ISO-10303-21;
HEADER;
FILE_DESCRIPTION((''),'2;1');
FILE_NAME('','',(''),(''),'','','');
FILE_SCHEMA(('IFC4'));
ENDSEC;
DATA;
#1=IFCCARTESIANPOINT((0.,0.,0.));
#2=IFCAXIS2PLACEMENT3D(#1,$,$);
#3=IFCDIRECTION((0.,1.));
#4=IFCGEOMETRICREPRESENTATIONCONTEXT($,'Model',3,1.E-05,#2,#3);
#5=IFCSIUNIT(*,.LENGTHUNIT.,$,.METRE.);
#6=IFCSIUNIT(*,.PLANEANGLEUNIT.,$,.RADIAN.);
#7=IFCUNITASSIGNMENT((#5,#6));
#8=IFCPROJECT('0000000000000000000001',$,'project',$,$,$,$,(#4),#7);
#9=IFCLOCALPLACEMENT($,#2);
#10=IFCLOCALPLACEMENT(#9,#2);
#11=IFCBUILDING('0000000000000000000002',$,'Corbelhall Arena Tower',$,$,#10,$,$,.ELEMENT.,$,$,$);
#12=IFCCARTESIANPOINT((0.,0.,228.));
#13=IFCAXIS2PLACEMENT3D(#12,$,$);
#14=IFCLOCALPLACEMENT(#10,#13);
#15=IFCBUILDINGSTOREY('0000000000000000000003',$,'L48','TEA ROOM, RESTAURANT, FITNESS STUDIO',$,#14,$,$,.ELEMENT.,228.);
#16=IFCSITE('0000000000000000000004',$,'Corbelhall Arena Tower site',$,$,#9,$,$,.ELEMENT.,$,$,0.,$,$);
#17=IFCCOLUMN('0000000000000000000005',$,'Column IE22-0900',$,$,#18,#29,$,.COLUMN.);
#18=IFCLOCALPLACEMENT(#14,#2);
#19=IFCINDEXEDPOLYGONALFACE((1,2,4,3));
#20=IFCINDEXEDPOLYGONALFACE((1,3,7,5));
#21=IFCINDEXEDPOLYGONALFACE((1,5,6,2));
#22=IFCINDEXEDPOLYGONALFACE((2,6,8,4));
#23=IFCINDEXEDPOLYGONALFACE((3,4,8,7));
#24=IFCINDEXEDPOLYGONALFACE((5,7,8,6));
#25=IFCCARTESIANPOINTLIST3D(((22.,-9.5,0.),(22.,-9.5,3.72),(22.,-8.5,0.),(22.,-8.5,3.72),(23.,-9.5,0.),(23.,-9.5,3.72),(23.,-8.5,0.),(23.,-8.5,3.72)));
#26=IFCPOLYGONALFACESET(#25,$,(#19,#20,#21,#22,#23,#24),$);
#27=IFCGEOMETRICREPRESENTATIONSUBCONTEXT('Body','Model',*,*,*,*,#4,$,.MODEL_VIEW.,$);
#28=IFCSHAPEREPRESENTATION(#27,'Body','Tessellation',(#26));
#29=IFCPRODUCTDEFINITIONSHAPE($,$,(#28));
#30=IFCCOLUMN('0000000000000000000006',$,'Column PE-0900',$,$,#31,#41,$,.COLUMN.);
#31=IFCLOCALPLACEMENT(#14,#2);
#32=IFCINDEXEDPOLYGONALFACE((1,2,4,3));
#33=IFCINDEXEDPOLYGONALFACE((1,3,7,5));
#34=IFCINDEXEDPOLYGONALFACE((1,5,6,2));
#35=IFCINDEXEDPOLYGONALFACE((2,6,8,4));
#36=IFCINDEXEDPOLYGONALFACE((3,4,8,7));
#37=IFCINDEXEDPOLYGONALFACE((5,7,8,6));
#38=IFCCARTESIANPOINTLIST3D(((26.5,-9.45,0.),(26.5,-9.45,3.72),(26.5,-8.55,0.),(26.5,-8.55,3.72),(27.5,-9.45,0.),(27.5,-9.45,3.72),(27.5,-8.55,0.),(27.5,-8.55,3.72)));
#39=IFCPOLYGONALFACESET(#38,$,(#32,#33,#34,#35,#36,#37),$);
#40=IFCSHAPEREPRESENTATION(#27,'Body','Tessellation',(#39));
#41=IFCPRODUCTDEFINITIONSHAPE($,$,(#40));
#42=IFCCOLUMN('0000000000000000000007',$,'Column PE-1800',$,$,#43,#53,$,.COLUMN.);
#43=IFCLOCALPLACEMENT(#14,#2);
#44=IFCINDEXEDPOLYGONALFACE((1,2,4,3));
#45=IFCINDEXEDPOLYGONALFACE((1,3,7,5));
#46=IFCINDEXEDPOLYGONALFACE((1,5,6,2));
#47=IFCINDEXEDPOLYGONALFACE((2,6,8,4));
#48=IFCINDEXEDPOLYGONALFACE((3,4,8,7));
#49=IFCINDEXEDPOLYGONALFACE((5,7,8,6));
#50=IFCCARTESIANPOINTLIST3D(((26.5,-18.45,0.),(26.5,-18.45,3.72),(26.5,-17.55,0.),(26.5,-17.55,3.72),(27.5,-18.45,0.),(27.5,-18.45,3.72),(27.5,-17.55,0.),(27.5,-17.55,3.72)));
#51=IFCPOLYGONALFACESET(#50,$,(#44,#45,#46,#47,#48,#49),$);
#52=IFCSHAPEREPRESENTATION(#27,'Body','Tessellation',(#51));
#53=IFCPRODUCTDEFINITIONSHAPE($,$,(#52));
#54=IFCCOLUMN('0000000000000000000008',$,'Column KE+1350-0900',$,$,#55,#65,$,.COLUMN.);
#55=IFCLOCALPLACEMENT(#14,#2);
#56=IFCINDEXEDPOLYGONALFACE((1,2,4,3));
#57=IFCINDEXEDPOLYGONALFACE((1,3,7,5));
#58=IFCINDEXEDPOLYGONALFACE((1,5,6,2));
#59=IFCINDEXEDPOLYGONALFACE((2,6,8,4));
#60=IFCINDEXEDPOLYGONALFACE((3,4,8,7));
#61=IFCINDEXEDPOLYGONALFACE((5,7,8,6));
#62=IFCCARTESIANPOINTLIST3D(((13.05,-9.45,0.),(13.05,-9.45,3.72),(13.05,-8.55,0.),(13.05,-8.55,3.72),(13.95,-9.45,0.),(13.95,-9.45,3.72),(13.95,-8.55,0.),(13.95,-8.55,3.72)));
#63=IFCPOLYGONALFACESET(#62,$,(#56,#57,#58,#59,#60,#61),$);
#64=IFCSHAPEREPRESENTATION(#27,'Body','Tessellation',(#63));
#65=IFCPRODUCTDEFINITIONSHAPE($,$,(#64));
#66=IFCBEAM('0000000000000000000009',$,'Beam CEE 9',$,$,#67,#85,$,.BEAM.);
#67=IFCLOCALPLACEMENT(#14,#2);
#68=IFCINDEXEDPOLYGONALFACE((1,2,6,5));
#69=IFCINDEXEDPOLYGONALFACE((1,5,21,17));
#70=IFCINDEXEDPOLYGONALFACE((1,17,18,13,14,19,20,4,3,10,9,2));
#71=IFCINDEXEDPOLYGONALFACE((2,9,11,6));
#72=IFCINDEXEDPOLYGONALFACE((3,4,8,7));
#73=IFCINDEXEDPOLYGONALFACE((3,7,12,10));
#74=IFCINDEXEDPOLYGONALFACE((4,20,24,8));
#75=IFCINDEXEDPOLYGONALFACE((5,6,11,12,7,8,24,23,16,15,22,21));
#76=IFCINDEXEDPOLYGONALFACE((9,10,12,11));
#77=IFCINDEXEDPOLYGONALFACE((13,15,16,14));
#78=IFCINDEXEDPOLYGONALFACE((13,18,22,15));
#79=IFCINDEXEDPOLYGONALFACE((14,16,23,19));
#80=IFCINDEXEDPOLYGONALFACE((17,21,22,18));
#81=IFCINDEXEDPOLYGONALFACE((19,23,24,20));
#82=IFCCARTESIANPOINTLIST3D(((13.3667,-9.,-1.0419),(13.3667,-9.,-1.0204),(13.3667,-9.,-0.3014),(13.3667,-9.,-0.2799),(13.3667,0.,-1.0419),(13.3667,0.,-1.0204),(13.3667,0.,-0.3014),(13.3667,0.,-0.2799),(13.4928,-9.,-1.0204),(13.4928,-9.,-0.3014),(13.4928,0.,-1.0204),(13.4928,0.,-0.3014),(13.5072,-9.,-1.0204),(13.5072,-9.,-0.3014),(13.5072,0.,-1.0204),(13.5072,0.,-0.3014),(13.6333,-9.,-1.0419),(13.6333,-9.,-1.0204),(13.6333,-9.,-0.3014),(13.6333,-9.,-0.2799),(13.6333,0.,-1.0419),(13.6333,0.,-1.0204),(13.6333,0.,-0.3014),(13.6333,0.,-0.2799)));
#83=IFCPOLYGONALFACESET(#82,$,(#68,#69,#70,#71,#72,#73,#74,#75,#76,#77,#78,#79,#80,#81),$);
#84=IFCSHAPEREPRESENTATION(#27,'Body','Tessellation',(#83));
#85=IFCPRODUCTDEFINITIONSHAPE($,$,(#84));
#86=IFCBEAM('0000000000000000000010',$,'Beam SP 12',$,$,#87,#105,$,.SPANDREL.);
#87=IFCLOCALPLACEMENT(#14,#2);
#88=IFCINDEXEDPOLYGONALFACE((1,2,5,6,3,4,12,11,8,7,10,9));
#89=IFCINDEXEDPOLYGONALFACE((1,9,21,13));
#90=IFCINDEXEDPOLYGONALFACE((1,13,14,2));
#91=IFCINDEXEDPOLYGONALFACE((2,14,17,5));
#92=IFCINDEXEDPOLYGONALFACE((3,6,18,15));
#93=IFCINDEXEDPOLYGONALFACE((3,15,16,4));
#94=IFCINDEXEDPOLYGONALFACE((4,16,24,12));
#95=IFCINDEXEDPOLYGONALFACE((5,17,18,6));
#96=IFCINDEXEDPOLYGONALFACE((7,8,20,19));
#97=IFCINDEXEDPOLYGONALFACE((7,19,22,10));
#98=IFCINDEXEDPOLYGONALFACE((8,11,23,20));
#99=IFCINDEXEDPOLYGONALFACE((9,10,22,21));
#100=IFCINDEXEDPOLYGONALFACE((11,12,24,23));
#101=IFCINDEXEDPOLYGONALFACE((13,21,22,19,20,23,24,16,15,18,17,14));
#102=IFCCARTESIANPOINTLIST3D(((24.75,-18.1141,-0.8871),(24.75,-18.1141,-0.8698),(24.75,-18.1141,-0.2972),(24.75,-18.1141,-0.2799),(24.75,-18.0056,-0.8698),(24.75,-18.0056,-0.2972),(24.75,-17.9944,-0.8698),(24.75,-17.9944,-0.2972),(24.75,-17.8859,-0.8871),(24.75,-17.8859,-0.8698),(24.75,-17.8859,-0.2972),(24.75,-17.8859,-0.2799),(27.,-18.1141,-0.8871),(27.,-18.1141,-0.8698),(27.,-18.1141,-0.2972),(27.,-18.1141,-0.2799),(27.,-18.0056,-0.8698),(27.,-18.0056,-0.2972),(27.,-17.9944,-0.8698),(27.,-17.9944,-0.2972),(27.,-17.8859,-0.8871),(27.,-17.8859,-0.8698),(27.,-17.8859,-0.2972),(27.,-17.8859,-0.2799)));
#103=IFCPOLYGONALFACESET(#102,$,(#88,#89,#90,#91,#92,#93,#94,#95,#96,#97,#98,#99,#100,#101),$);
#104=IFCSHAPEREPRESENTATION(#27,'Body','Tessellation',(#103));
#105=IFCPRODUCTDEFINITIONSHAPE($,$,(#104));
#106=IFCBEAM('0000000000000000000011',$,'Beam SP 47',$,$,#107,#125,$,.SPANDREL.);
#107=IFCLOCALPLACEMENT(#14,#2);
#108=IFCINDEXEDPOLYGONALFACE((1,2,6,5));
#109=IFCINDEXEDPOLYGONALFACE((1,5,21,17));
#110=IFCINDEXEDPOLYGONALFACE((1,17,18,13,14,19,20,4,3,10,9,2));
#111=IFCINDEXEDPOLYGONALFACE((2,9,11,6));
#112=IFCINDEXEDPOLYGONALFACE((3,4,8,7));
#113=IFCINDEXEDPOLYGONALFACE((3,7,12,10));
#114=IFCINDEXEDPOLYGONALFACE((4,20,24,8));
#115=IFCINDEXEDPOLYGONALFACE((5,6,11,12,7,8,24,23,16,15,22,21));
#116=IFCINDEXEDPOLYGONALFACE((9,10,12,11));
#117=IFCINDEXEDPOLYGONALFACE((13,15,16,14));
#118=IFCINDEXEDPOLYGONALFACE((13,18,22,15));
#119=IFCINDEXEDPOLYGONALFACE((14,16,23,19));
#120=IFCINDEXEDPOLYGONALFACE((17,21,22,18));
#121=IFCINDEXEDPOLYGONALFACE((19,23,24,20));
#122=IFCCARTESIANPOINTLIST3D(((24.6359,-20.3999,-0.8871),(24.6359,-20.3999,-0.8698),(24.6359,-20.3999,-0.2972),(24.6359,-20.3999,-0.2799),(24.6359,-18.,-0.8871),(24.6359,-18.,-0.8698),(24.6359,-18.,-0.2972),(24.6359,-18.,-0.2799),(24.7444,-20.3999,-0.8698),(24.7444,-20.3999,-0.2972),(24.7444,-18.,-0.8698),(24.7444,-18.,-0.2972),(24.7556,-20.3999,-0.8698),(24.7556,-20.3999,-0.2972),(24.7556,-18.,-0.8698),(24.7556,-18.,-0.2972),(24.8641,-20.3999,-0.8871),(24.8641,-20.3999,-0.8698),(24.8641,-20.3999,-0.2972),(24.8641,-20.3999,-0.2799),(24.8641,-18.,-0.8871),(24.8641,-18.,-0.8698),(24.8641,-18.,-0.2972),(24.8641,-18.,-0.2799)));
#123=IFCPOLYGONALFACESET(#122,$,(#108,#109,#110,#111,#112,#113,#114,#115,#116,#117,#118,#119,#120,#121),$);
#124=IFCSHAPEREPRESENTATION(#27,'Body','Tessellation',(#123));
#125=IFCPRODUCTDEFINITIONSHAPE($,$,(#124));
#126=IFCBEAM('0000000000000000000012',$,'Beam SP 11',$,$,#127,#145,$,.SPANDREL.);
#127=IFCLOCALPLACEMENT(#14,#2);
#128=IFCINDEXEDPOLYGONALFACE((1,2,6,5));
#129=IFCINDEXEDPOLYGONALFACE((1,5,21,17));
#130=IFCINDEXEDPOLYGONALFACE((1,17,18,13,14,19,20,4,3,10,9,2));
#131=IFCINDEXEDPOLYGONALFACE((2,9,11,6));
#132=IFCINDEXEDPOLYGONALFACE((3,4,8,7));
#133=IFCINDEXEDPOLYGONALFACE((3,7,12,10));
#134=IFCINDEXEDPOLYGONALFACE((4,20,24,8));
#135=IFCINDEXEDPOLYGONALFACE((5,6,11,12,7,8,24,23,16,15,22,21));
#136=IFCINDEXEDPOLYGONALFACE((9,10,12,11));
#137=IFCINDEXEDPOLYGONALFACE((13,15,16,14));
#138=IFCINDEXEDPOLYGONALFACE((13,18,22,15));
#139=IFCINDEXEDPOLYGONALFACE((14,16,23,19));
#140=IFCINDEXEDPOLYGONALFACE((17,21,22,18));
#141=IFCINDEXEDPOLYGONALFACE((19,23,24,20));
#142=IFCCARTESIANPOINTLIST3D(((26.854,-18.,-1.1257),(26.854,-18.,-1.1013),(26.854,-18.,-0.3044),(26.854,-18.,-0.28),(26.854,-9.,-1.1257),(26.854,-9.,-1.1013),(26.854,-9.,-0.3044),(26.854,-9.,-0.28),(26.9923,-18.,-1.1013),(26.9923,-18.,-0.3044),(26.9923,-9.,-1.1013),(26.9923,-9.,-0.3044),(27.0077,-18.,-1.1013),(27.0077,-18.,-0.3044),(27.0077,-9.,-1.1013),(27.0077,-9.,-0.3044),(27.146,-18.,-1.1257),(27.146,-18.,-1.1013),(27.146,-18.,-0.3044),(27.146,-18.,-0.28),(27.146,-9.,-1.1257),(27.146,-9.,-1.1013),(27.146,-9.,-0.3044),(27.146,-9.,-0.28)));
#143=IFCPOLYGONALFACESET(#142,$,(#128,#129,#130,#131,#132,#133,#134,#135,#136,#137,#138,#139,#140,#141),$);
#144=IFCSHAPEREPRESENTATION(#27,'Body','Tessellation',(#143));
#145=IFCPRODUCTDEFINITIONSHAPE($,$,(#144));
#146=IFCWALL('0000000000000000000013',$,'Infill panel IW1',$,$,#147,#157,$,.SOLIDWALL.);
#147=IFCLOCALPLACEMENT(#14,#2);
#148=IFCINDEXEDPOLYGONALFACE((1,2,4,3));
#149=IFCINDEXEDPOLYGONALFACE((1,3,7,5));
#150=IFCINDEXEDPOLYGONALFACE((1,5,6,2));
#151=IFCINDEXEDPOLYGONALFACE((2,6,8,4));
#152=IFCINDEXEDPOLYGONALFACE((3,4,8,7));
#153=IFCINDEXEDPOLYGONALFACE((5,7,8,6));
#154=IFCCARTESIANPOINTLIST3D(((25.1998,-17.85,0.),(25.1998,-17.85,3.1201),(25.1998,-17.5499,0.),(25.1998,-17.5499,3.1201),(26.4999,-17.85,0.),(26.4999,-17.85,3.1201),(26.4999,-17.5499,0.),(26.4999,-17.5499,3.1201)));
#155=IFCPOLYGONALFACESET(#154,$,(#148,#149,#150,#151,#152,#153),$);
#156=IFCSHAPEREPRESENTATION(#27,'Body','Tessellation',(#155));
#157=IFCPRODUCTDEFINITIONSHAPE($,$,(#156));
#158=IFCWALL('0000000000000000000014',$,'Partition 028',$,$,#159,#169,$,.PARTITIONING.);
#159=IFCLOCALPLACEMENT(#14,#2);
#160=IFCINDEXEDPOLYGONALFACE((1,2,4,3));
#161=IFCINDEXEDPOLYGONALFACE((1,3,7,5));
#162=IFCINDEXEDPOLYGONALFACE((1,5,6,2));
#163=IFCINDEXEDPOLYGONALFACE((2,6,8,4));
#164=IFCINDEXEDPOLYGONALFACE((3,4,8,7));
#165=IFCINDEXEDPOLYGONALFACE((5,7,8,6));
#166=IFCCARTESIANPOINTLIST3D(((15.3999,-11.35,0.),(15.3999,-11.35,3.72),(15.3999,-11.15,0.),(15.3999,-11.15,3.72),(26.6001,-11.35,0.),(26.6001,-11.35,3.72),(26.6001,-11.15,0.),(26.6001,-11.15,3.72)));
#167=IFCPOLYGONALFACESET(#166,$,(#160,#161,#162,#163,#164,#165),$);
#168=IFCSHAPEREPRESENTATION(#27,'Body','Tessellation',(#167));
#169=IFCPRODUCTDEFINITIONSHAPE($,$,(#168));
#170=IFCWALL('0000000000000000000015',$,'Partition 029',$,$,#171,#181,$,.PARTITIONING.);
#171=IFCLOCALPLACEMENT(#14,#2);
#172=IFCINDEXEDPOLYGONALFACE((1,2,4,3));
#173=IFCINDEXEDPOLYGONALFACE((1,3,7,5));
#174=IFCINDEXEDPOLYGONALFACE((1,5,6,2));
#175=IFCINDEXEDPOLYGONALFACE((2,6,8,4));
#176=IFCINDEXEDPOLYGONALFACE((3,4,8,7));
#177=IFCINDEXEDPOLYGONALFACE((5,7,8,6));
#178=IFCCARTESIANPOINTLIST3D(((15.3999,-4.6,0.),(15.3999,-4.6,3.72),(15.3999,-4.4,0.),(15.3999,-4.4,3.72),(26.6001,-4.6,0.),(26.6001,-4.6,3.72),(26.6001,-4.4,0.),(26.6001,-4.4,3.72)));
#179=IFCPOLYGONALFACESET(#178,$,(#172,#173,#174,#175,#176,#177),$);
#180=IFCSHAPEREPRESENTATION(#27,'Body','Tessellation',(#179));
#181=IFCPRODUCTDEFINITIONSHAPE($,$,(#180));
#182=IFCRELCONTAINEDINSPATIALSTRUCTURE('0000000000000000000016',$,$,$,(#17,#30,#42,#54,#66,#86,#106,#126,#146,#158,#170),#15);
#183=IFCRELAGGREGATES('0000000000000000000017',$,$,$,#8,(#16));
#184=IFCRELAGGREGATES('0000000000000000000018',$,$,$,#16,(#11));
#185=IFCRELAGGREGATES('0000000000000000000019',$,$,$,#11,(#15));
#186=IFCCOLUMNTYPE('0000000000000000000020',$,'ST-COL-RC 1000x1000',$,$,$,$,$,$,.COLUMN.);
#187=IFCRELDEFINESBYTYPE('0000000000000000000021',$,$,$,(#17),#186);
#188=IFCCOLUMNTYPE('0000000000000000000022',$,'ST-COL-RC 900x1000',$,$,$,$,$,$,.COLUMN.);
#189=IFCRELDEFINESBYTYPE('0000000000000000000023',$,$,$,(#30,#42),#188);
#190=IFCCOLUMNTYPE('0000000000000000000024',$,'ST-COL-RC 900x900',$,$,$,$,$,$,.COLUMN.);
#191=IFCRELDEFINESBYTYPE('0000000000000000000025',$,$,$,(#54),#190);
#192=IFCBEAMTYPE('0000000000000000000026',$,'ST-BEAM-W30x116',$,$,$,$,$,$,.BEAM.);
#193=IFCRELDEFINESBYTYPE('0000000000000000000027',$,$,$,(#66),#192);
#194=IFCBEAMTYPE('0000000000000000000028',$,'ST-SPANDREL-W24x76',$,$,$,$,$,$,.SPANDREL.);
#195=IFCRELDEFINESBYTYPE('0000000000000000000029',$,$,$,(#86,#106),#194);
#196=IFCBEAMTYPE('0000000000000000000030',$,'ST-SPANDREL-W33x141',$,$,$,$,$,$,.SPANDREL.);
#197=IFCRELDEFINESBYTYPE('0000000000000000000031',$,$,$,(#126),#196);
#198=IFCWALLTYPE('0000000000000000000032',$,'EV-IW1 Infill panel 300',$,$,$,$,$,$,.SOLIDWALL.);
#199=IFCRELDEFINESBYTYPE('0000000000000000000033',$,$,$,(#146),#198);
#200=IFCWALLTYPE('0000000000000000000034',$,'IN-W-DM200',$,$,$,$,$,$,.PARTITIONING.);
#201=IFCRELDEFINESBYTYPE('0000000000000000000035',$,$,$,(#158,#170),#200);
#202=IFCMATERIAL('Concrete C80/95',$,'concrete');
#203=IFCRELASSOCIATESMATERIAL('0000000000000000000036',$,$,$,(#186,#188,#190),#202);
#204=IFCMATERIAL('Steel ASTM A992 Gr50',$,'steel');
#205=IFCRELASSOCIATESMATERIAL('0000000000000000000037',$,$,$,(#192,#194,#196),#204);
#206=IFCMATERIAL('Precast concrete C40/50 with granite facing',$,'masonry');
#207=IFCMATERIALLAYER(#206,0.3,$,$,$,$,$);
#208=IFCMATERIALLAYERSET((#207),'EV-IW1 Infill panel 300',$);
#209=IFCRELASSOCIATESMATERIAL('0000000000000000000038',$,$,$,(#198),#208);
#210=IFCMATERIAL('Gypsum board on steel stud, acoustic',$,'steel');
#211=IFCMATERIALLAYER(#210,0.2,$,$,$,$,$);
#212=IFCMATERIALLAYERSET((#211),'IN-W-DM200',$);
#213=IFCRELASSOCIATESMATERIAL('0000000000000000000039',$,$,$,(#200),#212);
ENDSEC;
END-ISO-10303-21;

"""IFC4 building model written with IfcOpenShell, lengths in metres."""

from ifc_helpers import new_model, si_unit, direction, frame, frame_2d, origin, origin_2d, place, context, subcontext, project, spatial, rectangle, i_section, extrude, material, layer, layer_set, material_profile, profile_set, type_object, element, save


model = new_model("IFC4")

# Units and contexts
model_context = context("Model", 3, precision=1e-05, world=origin(), true_north=direction((0.0, 1.0)))
body_context = subcontext(model_context, "Body", "Model", "MODEL_VIEW")
ifc_project = project(units=[si_unit("LENGTHUNIT", "METRE"), si_unit("PLANEANGLEUNIT", "RADIAN")], contexts=[model_context])

# Site, building, storey
site_placement = place(None, origin())
site = spatial("IfcSite", under=ifc_project, at=site_placement, Name="Corbelhall Arena Tower site", CompositionType="ELEMENT", RefElevation=0.0)
building_placement = place(site_placement, origin())
building = spatial("IfcBuilding", under=site, at=building_placement, Name="Corbelhall Arena Tower", CompositionType="ELEMENT")
storey_placement = place(building_placement, frame((0.0, 0.0, 228.0)))
storey = spatial("IfcBuildingStorey", under=building, at=storey_placement, Name="L48", Description="TEA ROOM, RESTAURANT, FITNESS STUDIO", CompositionType="ELEMENT", Elevation=228.0)

# Columns
ifc_material_1 = material(Name="Concrete C80/95", Category="concrete")
ifc_material_profile_1 = material_profile(ifc_material_1, rectangle(XDim=1.0, YDim=1.0, at=origin_2d()))
ifc_profile_set_1 = profile_set([ifc_material_profile_1], Name="Concrete C80/95")
column_type_1 = type_object("IfcColumnType", Name="ST-COL-RC 1000x1000", PredefinedType="COLUMN", material=ifc_profile_set_1)
column_1_placement = place(storey_placement, frame((22.5, -9.0, 0.0), z_axis=(0.0, 0.0, 1.0), x_axis=(1.0, 0.0, 0.0)))
element("IfcColumn", 1, at=column_1_placement, inside=storey, type_object=column_type_1, Name="Column IE22-0900", PredefinedType="COLUMN", context=body_context, shape_type="SweptSolid", body=[
    extrude(rectangle(XDim=1.0, YDim=1.0, at=origin_2d()), origin(), (0.0, 0.0, 1.0), 3.72),
])
ifc_material_profile_2 = material_profile(ifc_material_1, rectangle(XDim=0.8999, YDim=1.0, at=origin_2d()))
ifc_profile_set_2 = profile_set([ifc_material_profile_2], Name="Concrete C80/95")
column_type_2 = type_object("IfcColumnType", Name="ST-COL-RC 900x1000", PredefinedType="COLUMN", material=ifc_profile_set_2)
for number, where, z_axis, x_axis, name in (
    (2, (27.0, -9.0, 0.0), (0.0, 0.0, 1.0), (0.0, 1.0, 0.0), "Column PE-0900"),
    (3, (27.0, -18.0, 0.0), (0.0, 0.0, 1.0), (0.0, 1.0, 0.0), "Column PE-1800"),
):
    element("IfcColumn", number, at=place(storey_placement, frame(where, z_axis=z_axis, x_axis=x_axis)), inside=storey, type_object=column_type_2, Name=name, PredefinedType="COLUMN", context=body_context, shape_type="SweptSolid", body=[
        extrude(rectangle(XDim=0.8999, YDim=1.0, at=origin_2d()), origin(), (0.0, 0.0, 1.0), 3.72),
    ])
ifc_material_profile_3 = material_profile(ifc_material_1, rectangle(XDim=0.8999, YDim=0.8999, at=origin_2d()))
ifc_profile_set_3 = profile_set([ifc_material_profile_3], Name="Concrete C80/95")
column_type_3 = type_object("IfcColumnType", Name="ST-COL-RC 900x900", PredefinedType="COLUMN", material=ifc_profile_set_3)
column_2_placement = place(storey_placement, frame((13.5, -9.0, 0.0), z_axis=(0.0, 0.0, 1.0), x_axis=(1.0, 0.0, 0.0)))
element("IfcColumn", 4, at=column_2_placement, inside=storey, type_object=column_type_3, Name="Column KE+1350-0900", PredefinedType="COLUMN", context=body_context, shape_type="SweptSolid", body=[
    extrude(rectangle(XDim=0.8999, YDim=0.8999, at=origin_2d()), origin(), (0.0, 0.0, 1.0), 3.72),
])

# Beams
ifc_material_2 = material(Name="Steel ASTM A992 Gr50", Category="steel")
ifc_material_profile_4 = material_profile(ifc_material_2, i_section(OverallWidth=0.2666, OverallDepth=0.762, WebThickness=0.0144, FlangeThickness=0.0215, at=origin_2d()))
ifc_profile_set_4 = profile_set([ifc_material_profile_4], Name="Steel ASTM A992 Gr50")
beam_type_1 = type_object("IfcBeamType", Name="ST-BEAM-W30x116", PredefinedType="BEAM", material=ifc_profile_set_4)
beam_1_placement = place(storey_placement, frame((13.5, -9.0, -0.6609), z_axis=(0.0, 1.0, 0.0), x_axis=(-1.0, 0.0, 0.0)))
element("IfcBeam", 5, at=beam_1_placement, inside=storey, type_object=beam_type_1, Name="Beam CEE 9", PredefinedType="BEAM", context=body_context, shape_type="SweptSolid", body=[
    extrude(i_section(OverallWidth=0.2666, OverallDepth=0.762, WebThickness=0.0144, FlangeThickness=0.0215, at=origin_2d()), origin(), (0.0, 0.0, 1.0), 9.0),
])
ifc_material_profile_5 = material_profile(ifc_material_2, i_section(OverallWidth=0.2283, OverallDepth=0.6072, WebThickness=0.0112, FlangeThickness=0.0173, at=origin_2d()))
ifc_profile_set_5 = profile_set([ifc_material_profile_5], Name="Steel ASTM A992 Gr50")
beam_type_2 = type_object("IfcBeamType", Name="ST-SPANDREL-W24x76", PredefinedType="SPANDREL", material=ifc_profile_set_5)
beam_2_placement = place(storey_placement, frame((27.0, -18.0, -0.5835), z_axis=(-1.0, 0.0, 0.0), x_axis=(0.0, -1.0, 0.0)))
element("IfcBeam", 6, at=beam_2_placement, inside=storey, type_object=beam_type_2, Name="Beam SP 12", PredefinedType="SPANDREL", context=body_context, shape_type="SweptSolid", body=[
    extrude(i_section(OverallWidth=0.2283, OverallDepth=0.6072, WebThickness=0.0112, FlangeThickness=0.0173, at=origin_2d()), origin(), (0.0, 0.0, 1.0), 2.25),
])
beam_3_placement = place(storey_placement, frame((24.75, -18.0, -0.5835), z_axis=(0.0, -1.0, 0.0), x_axis=(1.0, 0.0, 0.0)))
element("IfcBeam", 7, at=beam_3_placement, inside=storey, type_object=beam_type_2, Name="Beam SP 47", PredefinedType="SPANDREL", context=body_context, shape_type="SweptSolid", body=[
    extrude(i_section(OverallWidth=0.2283, OverallDepth=0.6072, WebThickness=0.0112, FlangeThickness=0.0173, at=origin_2d()), origin(), (0.0, 0.0, 1.0), 2.3999),
])
ifc_material_profile_6 = material_profile(ifc_material_2, i_section(OverallWidth=0.292, OverallDepth=0.8457, WebThickness=0.0154, FlangeThickness=0.0244, at=origin_2d()))
ifc_profile_set_6 = profile_set([ifc_material_profile_6], Name="Steel ASTM A992 Gr50")
beam_type_3 = type_object("IfcBeamType", Name="ST-SPANDREL-W33x141", PredefinedType="SPANDREL", material=ifc_profile_set_6)
beam_4_placement = place(storey_placement, frame((27.0, -9.0, -0.7029), z_axis=(0.0, -1.0, 0.0), x_axis=(1.0, 0.0, 0.0)))
element("IfcBeam", 8, at=beam_4_placement, inside=storey, type_object=beam_type_3, Name="Beam SP 11", PredefinedType="SPANDREL", context=body_context, shape_type="SweptSolid", body=[
    extrude(i_section(OverallWidth=0.292, OverallDepth=0.8457, WebThickness=0.0154, FlangeThickness=0.0244, at=origin_2d()), origin(), (0.0, 0.0, 1.0), 9.0),
])

# Wall
ifc_material_3 = material(Name="Precast concrete C40/50 with granite facing", Category="masonry")
ifc_layer_1 = layer(ifc_material_3, 0.3)
ifc_layer_set_1 = layer_set([ifc_layer_1], Name="EV-IW1 Infill panel 300")
wall_type_1 = type_object("IfcWallType", Name="EV-IW1 Infill panel 300", PredefinedType="SOLIDWALL", material=ifc_layer_set_1)
wall_1_placement = place(storey_placement, frame((25.2, -17.7, 0.0), z_axis=(0.0, 0.0, 1.0), x_axis=(1.0, 0.0, 0.0)))
element("IfcWall", 9, at=wall_1_placement, inside=storey, type_object=wall_type_1, Name="Infill panel IW1", PredefinedType="SOLIDWALL", context=body_context, shape_type="SweptSolid", body=[
    extrude(rectangle(XDim=1.3, YDim=0.3, at=frame_2d((0.6499, 0.0))), origin(), (0.0, 0.0, 1.0), 3.1201),
])

# Walls
ifc_material_4 = material(Name="Gypsum board on steel stud, acoustic", Category="steel")
ifc_layer_2 = layer(ifc_material_4, 0.2)
ifc_layer_set_2 = layer_set([ifc_layer_2], Name="IN-W-DM200")
wall_type_2 = type_object("IfcWallType", Name="IN-W-DM200", PredefinedType="PARTITIONING", material=ifc_layer_set_2)
for number, where, z_axis, x_axis, name in (
    (10, (15.3999, -11.25, 0.0), (0.0, 0.0, 1.0), (1.0, 0.0, 0.0), "Partition 028"),
    (11, (15.3999, -4.5, 0.0), (0.0, 0.0, 1.0), (1.0, 0.0, 0.0), "Partition 029"),
):
    element("IfcWall", number, at=place(storey_placement, frame(where, z_axis=z_axis, x_axis=x_axis)), inside=storey, type_object=wall_type_2, Name=name, PredefinedType="PARTITIONING", context=body_context, shape_type="SweptSolid", body=[
        extrude(rectangle(XDim=11.2002, YDim=0.2, at=frame_2d((5.6001, 0.0))), origin(), (0.0, 0.0, 1.0), 3.72),
    ])

save(model, "model.ifc")
